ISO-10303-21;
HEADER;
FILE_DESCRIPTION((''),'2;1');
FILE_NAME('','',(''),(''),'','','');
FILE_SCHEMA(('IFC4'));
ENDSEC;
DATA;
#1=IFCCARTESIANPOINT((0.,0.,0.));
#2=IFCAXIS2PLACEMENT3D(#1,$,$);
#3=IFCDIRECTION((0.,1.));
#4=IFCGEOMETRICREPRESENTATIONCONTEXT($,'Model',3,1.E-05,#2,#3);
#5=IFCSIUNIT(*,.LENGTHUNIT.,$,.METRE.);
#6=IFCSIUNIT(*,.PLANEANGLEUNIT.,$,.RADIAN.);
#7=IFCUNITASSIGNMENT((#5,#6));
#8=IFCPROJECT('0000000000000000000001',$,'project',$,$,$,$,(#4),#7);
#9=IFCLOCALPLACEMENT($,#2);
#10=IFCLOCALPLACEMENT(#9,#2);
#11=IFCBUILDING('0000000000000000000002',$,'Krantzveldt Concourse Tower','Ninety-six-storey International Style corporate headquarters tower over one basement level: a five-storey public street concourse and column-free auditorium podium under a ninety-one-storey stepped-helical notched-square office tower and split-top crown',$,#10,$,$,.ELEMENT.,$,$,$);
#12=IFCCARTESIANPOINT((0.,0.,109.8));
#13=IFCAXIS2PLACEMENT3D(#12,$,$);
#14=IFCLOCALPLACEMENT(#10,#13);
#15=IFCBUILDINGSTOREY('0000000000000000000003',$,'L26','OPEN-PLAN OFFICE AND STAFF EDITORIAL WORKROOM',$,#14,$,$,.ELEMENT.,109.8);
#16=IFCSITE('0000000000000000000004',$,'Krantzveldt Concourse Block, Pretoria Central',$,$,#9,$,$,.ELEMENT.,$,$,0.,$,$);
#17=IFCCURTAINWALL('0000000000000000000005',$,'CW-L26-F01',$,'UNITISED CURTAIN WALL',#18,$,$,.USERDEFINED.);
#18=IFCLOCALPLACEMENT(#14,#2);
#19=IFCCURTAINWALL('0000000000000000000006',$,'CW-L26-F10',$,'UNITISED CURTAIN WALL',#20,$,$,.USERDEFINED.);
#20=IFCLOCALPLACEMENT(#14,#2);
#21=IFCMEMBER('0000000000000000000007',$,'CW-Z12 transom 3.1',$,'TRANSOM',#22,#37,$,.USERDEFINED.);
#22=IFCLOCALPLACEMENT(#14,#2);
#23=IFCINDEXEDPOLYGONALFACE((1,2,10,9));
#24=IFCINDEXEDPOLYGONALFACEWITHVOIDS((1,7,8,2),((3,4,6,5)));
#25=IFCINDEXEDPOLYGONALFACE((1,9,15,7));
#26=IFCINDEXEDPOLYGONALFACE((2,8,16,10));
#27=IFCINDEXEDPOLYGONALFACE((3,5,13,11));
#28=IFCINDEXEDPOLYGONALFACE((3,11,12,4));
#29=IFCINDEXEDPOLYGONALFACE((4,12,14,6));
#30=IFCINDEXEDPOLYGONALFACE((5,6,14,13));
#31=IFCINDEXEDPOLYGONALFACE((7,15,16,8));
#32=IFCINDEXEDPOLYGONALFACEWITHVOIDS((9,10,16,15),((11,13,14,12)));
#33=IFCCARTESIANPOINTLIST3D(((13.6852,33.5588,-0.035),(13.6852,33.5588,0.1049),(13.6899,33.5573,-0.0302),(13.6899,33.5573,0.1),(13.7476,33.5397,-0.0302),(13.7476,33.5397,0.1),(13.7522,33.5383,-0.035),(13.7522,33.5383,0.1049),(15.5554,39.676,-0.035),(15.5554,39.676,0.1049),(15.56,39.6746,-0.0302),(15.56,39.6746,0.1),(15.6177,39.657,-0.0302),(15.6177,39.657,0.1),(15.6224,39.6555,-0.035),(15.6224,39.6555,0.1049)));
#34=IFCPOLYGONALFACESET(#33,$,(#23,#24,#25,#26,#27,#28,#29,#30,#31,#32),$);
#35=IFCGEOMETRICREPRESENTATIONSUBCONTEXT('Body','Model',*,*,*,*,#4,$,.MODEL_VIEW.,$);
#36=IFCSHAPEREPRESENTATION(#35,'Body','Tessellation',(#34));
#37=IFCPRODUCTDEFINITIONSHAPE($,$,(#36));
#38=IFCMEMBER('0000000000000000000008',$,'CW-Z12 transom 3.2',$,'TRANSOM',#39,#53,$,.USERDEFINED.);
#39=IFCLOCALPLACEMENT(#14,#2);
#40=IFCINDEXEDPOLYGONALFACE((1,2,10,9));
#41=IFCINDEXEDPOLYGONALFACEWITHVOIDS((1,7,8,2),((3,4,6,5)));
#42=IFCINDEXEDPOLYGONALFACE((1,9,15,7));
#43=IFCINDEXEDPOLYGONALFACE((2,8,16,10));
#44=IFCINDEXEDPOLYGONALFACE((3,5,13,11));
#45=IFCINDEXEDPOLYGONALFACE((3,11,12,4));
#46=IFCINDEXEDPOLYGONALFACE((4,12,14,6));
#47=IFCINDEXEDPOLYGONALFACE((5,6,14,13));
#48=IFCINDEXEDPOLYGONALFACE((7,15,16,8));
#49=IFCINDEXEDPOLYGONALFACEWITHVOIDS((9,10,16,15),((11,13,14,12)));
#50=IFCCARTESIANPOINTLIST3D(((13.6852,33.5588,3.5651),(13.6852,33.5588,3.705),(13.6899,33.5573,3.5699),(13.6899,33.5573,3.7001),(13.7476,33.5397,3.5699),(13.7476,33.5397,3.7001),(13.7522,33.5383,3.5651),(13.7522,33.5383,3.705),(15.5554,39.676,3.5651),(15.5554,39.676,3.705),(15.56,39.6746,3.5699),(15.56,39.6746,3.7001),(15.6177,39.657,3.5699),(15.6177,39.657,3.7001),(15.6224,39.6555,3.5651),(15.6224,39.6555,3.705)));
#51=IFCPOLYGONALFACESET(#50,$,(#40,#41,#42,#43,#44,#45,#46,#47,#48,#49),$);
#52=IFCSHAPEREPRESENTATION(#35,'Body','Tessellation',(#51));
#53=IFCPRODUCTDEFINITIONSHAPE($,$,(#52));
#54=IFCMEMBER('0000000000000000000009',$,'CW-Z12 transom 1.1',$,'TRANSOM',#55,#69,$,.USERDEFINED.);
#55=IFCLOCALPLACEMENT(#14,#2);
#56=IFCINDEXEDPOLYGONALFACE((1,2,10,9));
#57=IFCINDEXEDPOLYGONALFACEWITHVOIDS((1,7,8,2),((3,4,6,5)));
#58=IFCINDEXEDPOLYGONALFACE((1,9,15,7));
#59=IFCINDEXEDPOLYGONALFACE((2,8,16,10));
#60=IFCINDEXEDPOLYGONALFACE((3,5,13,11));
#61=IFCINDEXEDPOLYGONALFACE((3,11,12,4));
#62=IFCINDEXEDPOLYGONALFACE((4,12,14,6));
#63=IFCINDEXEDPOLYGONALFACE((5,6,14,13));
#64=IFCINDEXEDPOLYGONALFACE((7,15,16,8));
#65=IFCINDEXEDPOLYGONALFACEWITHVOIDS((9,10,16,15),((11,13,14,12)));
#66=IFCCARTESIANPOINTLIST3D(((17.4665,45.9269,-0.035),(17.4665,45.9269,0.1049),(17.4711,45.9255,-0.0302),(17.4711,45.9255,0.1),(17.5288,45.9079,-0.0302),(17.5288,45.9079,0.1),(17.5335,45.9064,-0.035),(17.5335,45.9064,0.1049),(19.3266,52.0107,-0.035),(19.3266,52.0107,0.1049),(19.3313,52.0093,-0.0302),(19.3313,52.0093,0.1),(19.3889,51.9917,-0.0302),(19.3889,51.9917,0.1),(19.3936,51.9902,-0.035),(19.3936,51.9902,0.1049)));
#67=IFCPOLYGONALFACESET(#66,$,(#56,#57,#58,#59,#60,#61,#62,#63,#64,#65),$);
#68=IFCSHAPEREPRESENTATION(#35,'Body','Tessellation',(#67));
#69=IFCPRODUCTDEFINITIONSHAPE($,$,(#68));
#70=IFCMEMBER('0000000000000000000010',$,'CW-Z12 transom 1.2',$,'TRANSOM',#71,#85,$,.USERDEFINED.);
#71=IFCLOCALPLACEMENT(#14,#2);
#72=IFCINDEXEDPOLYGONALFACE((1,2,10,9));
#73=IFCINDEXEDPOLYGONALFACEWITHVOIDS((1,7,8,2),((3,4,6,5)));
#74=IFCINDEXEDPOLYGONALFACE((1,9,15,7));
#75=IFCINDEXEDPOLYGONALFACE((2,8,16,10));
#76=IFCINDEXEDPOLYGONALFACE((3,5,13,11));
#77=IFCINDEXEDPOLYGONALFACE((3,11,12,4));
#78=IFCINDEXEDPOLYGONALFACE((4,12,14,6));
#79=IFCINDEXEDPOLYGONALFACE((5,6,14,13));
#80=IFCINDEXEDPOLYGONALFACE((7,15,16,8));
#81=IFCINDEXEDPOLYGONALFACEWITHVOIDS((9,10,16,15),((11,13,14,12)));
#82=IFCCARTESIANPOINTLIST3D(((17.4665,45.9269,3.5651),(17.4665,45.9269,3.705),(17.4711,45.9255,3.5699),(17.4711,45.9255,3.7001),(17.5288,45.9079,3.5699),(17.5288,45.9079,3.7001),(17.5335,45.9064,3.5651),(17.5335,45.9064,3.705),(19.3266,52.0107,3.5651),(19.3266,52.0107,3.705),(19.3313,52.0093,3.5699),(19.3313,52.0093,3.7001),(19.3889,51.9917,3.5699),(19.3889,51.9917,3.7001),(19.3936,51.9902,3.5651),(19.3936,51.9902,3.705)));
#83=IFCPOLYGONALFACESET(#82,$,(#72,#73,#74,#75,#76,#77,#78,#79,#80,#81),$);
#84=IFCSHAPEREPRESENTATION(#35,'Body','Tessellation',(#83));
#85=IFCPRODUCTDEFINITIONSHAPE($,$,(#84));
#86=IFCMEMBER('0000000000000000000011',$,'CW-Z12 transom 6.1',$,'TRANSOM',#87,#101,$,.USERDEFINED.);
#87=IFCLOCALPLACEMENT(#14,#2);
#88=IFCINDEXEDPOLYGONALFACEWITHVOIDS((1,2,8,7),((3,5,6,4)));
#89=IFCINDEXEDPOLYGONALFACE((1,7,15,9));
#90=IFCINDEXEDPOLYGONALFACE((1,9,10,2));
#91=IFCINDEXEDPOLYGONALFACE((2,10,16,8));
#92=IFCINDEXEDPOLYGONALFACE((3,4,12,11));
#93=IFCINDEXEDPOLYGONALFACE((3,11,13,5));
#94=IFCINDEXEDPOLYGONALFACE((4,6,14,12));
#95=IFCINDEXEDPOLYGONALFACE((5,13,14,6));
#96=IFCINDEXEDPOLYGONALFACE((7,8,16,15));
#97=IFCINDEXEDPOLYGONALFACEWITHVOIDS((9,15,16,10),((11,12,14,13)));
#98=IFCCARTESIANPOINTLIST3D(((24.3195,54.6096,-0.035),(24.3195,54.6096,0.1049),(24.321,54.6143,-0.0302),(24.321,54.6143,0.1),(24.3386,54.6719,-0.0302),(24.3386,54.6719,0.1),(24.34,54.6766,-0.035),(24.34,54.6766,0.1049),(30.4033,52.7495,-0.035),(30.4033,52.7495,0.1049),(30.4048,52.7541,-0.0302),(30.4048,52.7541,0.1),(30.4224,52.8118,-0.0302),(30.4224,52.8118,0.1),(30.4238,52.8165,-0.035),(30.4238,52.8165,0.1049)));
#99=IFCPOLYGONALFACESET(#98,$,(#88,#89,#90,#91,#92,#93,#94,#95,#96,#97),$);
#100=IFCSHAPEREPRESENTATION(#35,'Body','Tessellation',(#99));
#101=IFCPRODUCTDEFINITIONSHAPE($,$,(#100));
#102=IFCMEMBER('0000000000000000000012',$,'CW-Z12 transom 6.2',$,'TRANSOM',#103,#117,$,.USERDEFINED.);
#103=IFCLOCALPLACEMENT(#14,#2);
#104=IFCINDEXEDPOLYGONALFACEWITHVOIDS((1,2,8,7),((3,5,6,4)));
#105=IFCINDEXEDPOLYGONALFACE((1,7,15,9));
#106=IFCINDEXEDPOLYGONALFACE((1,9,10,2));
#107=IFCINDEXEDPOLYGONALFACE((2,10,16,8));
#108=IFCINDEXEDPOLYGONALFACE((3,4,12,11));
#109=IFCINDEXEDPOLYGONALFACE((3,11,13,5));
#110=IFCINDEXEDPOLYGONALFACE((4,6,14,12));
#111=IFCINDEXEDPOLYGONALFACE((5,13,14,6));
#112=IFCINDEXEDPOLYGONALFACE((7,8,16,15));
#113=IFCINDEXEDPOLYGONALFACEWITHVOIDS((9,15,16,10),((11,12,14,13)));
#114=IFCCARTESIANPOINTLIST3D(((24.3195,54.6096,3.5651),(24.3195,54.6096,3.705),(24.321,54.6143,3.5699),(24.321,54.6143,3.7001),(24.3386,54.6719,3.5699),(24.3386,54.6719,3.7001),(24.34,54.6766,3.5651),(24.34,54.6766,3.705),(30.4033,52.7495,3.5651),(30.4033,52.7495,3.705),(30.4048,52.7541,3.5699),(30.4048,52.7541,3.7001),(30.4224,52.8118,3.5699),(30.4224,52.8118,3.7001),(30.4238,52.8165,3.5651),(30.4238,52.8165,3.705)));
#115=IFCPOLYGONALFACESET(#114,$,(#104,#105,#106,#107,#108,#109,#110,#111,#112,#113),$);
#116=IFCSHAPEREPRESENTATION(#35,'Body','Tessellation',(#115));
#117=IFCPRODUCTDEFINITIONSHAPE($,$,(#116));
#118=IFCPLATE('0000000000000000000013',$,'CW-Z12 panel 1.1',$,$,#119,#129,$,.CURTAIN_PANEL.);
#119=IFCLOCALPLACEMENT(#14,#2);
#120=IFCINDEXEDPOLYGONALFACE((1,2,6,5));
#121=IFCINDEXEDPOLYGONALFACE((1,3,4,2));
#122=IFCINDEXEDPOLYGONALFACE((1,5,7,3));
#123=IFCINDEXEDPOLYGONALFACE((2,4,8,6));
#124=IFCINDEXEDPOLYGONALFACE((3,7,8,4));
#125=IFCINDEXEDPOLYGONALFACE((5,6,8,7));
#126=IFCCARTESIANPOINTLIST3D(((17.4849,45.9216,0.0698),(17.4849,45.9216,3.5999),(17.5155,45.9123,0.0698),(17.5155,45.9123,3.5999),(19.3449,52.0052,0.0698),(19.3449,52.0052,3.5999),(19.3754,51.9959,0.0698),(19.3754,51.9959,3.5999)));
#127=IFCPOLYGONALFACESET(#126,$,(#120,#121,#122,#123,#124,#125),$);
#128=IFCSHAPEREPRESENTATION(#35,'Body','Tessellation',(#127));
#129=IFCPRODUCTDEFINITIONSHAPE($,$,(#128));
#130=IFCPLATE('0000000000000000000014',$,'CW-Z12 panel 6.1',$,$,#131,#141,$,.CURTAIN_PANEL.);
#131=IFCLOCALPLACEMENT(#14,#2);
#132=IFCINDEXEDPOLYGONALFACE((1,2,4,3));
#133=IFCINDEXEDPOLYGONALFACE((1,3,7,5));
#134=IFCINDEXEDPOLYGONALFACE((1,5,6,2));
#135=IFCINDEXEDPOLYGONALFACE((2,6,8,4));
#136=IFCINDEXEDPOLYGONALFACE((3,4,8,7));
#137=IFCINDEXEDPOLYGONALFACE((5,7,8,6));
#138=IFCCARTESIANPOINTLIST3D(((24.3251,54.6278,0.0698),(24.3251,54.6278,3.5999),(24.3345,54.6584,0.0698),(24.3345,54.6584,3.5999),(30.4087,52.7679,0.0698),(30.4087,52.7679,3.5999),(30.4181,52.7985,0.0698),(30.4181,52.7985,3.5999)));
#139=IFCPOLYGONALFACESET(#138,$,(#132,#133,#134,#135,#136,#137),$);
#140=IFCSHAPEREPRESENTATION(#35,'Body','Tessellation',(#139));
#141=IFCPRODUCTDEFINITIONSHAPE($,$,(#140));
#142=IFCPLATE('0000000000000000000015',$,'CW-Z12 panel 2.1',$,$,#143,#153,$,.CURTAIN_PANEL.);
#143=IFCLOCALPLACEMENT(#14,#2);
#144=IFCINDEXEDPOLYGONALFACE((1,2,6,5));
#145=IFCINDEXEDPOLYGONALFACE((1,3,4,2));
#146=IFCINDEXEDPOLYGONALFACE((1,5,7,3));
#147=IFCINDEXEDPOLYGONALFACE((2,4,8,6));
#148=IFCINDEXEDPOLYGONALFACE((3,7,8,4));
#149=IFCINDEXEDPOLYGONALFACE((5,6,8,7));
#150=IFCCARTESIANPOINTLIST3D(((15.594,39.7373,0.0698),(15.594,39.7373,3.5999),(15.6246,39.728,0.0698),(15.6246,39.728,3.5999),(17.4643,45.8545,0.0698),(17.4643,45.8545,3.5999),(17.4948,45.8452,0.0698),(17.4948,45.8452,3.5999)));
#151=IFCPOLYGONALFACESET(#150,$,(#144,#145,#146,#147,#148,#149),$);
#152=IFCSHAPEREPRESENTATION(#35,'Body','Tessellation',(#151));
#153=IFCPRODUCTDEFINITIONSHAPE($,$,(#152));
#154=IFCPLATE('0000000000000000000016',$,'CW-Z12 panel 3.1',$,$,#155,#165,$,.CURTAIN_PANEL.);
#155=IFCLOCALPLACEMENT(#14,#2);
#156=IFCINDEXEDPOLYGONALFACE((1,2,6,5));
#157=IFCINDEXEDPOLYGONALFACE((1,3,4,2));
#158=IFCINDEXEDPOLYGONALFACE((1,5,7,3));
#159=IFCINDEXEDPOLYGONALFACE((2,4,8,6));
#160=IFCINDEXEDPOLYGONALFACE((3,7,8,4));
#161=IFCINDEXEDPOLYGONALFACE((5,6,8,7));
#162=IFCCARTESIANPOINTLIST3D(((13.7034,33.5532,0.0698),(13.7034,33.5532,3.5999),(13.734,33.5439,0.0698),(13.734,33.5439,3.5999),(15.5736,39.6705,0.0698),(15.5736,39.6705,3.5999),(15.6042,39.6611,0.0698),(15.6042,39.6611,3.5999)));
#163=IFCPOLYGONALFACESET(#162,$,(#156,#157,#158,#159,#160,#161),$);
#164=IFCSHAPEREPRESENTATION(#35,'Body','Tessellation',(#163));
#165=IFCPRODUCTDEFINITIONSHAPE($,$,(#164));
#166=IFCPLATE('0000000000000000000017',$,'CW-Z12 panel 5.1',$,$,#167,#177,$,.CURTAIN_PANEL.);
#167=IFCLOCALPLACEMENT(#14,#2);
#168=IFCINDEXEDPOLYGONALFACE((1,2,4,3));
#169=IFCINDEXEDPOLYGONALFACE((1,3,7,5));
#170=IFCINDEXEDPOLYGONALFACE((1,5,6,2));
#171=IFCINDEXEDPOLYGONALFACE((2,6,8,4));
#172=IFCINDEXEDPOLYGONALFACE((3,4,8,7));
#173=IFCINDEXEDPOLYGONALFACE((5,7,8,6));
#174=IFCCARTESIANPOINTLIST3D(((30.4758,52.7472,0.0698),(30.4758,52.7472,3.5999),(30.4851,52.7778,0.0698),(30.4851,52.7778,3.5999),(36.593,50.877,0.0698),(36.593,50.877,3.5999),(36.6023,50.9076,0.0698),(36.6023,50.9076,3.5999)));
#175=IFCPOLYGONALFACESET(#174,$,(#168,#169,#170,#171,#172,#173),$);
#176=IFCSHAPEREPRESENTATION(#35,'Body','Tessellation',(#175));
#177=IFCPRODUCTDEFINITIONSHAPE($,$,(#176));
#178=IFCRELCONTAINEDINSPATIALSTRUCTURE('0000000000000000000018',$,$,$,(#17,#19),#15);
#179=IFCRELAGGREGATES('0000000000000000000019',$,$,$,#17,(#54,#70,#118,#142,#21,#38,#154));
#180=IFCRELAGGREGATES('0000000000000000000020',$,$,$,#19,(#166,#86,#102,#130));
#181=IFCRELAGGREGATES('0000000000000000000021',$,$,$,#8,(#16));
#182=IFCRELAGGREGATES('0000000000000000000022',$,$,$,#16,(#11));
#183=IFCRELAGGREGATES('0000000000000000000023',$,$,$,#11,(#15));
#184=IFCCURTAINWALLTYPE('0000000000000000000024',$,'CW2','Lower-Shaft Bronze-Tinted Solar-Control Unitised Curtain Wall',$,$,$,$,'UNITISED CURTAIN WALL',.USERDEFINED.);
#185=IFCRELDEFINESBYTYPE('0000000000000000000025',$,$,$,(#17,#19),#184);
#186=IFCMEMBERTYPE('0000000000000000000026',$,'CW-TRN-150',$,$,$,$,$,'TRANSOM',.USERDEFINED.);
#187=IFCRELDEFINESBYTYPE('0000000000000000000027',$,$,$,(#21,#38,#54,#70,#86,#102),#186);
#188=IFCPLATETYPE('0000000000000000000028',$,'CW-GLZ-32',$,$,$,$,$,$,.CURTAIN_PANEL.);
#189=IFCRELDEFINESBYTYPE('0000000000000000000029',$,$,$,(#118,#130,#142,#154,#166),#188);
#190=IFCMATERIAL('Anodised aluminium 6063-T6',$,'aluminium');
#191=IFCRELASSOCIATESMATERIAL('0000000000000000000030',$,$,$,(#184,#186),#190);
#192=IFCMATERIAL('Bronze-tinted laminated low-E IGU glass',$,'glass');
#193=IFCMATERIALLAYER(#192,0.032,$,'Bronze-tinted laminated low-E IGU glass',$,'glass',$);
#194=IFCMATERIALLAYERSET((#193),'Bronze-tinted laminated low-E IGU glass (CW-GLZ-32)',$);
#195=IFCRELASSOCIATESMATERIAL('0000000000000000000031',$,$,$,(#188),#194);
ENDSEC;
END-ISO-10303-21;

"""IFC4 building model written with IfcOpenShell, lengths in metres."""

from ifc_helpers import new_model, si_unit, direction, frame, origin, origin_2d, place, context, subcontext, project, spatial, rectangle, hollow_rectangle, extrude, source, transform, mapped, material, layer, layer_set, material_profile, profile_set, type_object, type_shapes, element, aggregate, save


model = new_model("IFC4")

# Units and contexts
model_context = context("Model", 3, precision=1e-05, world=origin(), true_north=direction((0.0, 1.0)))
body_context = subcontext(model_context, "Body", "Model", "MODEL_VIEW")
ifc_project = project(units=[si_unit("LENGTHUNIT", "METRE"), si_unit("PLANEANGLEUNIT", "RADIAN")], contexts=[model_context])

# Site, building, storey
site_placement = place(None, origin())
site = spatial("IfcSite", under=ifc_project, at=site_placement, Name="Krantzveldt Concourse Block, Pretoria Central", CompositionType="ELEMENT", RefElevation=0.0)
building_placement = place(site_placement, origin())
building = spatial("IfcBuilding", under=site, at=building_placement, Name="Krantzveldt Concourse Tower", Description="Ninety-six-storey International Style corporate headquarters tower over one basement level: a five-storey public street concourse and column-free auditorium podium under a ninety-one-storey stepped-helical notched-square office tower and split-top crown", CompositionType="ELEMENT")
storey_placement = place(building_placement, frame((0.0, 0.0, 109.8)))
storey = spatial("IfcBuildingStorey", under=building, at=storey_placement, Name="L26", Description="OPEN-PLAN OFFICE AND STAFF EDITORIAL WORKROOM", CompositionType="ELEMENT", Elevation=109.8)

# Curtain walls
ifc_material_1 = material(Name="Anodised aluminium 6063-T6", Category="aluminium")
curtain_wall_type = type_object("IfcCurtainWallType", Name="CW2", Description="Lower-Shaft Bronze-Tinted Solar-Control Unitised Curtain Wall", ElementType="UNITISED CURTAIN WALL", PredefinedType="USERDEFINED", material=ifc_material_1)
curtain_wall_1_placement = place(storey_placement, origin())
curtain_wall_1 = element("IfcCurtainWall", 1, at=curtain_wall_1_placement, inside=storey, type_object=curtain_wall_type, Name="CW-L26-F01", ObjectType="UNITISED CURTAIN WALL", PredefinedType="USERDEFINED")
curtain_wall_2_placement = place(storey_placement, origin())
curtain_wall_2 = element("IfcCurtainWall", 2, at=curtain_wall_2_placement, inside=storey, type_object=curtain_wall_type, Name="CW-L26-F10", ObjectType="UNITISED CURTAIN WALL", PredefinedType="USERDEFINED")

# Members
ifc_material_profile_1 = material_profile(ifc_material_1, hollow_rectangle(XDim=0.0701, YDim=0.1399, WallThickness=0.0049, at=origin_2d()), Name="Anodised aluminium 6063-T6", Category="aluminium")
ifc_profile_set_1 = profile_set([ifc_material_profile_1], Name="Anodised aluminium 6063-T6 - ALU-TRAN 140x70x5")
member_type_1 = type_object("IfcMemberType", Name="CW-TRN-150", ElementType="TRANSOM", PredefinedType="USERDEFINED", material=ifc_profile_set_1)
shared_shape_1 = source(origin(), body_context, "Body", "SweptSolid", [
    extrude(hollow_rectangle(XDim=0.0701, YDim=0.1399, WallThickness=0.0049, at=origin_2d()), origin(), (0.0, 0.0, 1.0), 6.3967),
])
member_1_placement = place(storey_placement, frame((15.5889, 39.6658, 0.0349), z_axis=(-0.292358, -0.956309, 0.0), x_axis=(0.956309, -0.292358, 0.0)))
member_1 = element("IfcMember", 3, at=member_1_placement, type_object=member_type_1, Name="CW-Z12 transom 3.1", ObjectType="TRANSOM", PredefinedType="USERDEFINED", context=body_context, shape_type="MappedRepresentation", body=[
    mapped(shared_shape_1, transform((0.0, 0.0, 0.0), x_axis=(1.0, 0.0, 0.0), y_axis=(0.0, 1.0, 0.0), z_axis=(0.0, 0.0, 1.0), scale=1.0)),
])
member_2_placement = place(storey_placement, frame((15.5889, 39.6658, 3.635), z_axis=(-0.292358, -0.956309, 0.0), x_axis=(0.956309, -0.292358, 0.0)))
member_2 = element("IfcMember", 4, at=member_2_placement, type_object=member_type_1, Name="CW-Z12 transom 3.2", ObjectType="TRANSOM", PredefinedType="USERDEFINED", context=body_context, shape_type="MappedRepresentation", body=[
    mapped(shared_shape_1, transform((0.0, 0.0, 0.0), x_axis=(1.0, 0.0, 0.0), y_axis=(0.0, 1.0, 0.0), z_axis=(0.0, 0.0, 1.0), scale=1.0)),
])
shared_shape_2 = source(origin(), body_context, "Body", "SweptSolid", [
    extrude(hollow_rectangle(XDim=0.0701, YDim=0.1399, WallThickness=0.0049, at=origin_2d()), origin(), (0.0, 0.0, 1.0), 6.3618),
])
type_shapes(member_type_1, [shared_shape_1, shared_shape_2])
member_3_placement = place(storey_placement, frame((19.3601, 52.0005, 0.0349), z_axis=(-0.292389, -0.956299, 0.0), x_axis=(0.956299, -0.292389, 0.0)))
member_3 = element("IfcMember", 5, at=member_3_placement, type_object=member_type_1, Name="CW-Z12 transom 1.1", ObjectType="TRANSOM", PredefinedType="USERDEFINED", context=body_context, shape_type="MappedRepresentation", body=[
    mapped(shared_shape_2, transform((0.0, 0.0, 0.0), x_axis=(1.0, 0.0, 0.0), y_axis=(0.0, 1.0, 0.0), z_axis=(0.0, 0.0, 1.0), scale=1.0)),
])
member_4_placement = place(storey_placement, frame((19.3601, 52.0005, 3.635), z_axis=(-0.292389, -0.956299, 0.0), x_axis=(0.956299, -0.292389, 0.0)))
member_4 = element("IfcMember", 6, at=member_4_placement, type_object=member_type_1, Name="CW-Z12 transom 1.2", ObjectType="TRANSOM", PredefinedType="USERDEFINED", context=body_context, shape_type="MappedRepresentation", body=[
    mapped(shared_shape_2, transform((0.0, 0.0, 0.0), x_axis=(1.0, 0.0, 0.0), y_axis=(0.0, 1.0, 0.0), z_axis=(0.0, 0.0, 1.0), scale=1.0)),
])
member_5_placement = place(storey_placement, frame((30.4136, 52.783, 0.0349), z_axis=(-0.956299, 0.292389, 0.0), x_axis=(-0.292389, -0.956299, 0.0)))
member_5 = element("IfcMember", 7, at=member_5_placement, type_object=member_type_1, Name="CW-Z12 transom 6.1", ObjectType="TRANSOM", PredefinedType="USERDEFINED", context=body_context, shape_type="MappedRepresentation", body=[
    mapped(shared_shape_2, transform((0.0, 0.0, 0.0), x_axis=(1.0, 0.0, 0.0), y_axis=(0.0, 1.0, 0.0), z_axis=(0.0, 0.0, 1.0), scale=1.0)),
])
member_6_placement = place(storey_placement, frame((30.4136, 52.783, 3.635), z_axis=(-0.956299, 0.292389, 0.0), x_axis=(-0.292389, -0.956299, 0.0)))
member_6 = element("IfcMember", 8, at=member_6_placement, type_object=member_type_1, Name="CW-Z12 transom 6.2", ObjectType="TRANSOM", PredefinedType="USERDEFINED", context=body_context, shape_type="MappedRepresentation", body=[
    mapped(shared_shape_2, transform((0.0, 0.0, 0.0), x_axis=(1.0, 0.0, 0.0), y_axis=(0.0, 1.0, 0.0), z_axis=(0.0, 0.0, 1.0), scale=1.0)),
])

# Plates
ifc_material_2 = material(Name="Bronze-tinted laminated low-E IGU glass", Category="glass")
ifc_layer_1 = layer(ifc_material_2, 0.032, Name="Bronze-tinted laminated low-E IGU glass", Category="glass")
ifc_layer_set_1 = layer_set([ifc_layer_1], Name="Bronze-tinted laminated low-E IGU glass (CW-GLZ-32)")
plate_type = type_object("IfcPlateType", Name="CW-GLZ-32", PredefinedType="CURTAIN_PANEL", material=ifc_layer_set_1)
shared_shape_3 = source(origin(), body_context, "Body", "SweptSolid", [
    extrude(rectangle(XDim=6.3616, YDim=0.032, at=origin_2d()), origin(), (0.0, 0.0, 1.0), 3.53),
])
plate_1_placement = place(storey_placement, frame((18.4302, 48.9587, 0.0698), z_axis=(0.0, 0.0, 1.0), x_axis=(-0.292372, -0.956305, 0.0)))
plate_1 = element("IfcPlate", 9, at=plate_1_placement, type_object=plate_type, Name="CW-Z12 panel 1.1", PredefinedType="CURTAIN_PANEL", context=body_context, shape_type="MappedRepresentation", body=[
    mapped(shared_shape_3, transform((0.0, 0.0, 0.0), x_axis=(1.0, 0.0, 0.0), y_axis=(0.0, 1.0, 0.0), z_axis=(0.0, 0.0, 1.0), scale=1.0)),
])
plate_2_placement = place(storey_placement, frame((27.3716, 53.7131, 0.0698), z_axis=(0.0, 0.0, 1.0), x_axis=(-0.956305, 0.292372, 0.0)))
plate_2 = element("IfcPlate", 10, at=plate_2_placement, type_object=plate_type, Name="CW-Z12 panel 6.1", PredefinedType="CURTAIN_PANEL", context=body_context, shape_type="MappedRepresentation", body=[
    mapped(shared_shape_3, transform((0.0, 0.0, 0.0), x_axis=(1.0, 0.0, 0.0), y_axis=(0.0, 1.0, 0.0), z_axis=(0.0, 0.0, 1.0), scale=1.0)),
])
shared_shape_4 = source(origin(), body_context, "Body", "SweptSolid", [
    extrude(rectangle(XDim=6.3967, YDim=0.032, at=origin_2d()), origin(), (0.0, 0.0, 1.0), 3.53),
])
type_shapes(plate_type, [shared_shape_3, shared_shape_4])
plate_3_placement = place(storey_placement, frame((16.5444, 42.7913, 0.0698), z_axis=(0.0, 0.0, 1.0), x_axis=(-0.292372, -0.956305, 0.0)))
plate_3 = element("IfcPlate", 11, at=plate_3_placement, type_object=plate_type, Name="CW-Z12 panel 2.1", PredefinedType="CURTAIN_PANEL", context=body_context, shape_type="MappedRepresentation", body=[
    mapped(shared_shape_4, transform((0.0, 0.0, 0.0), x_axis=(1.0, 0.0, 0.0), y_axis=(0.0, 1.0, 0.0), z_axis=(0.0, 0.0, 1.0), scale=1.0)),
])
plate_4_placement = place(storey_placement, frame((14.6538, 36.6072, 0.0698), z_axis=(0.0, 0.0, 1.0), x_axis=(-0.292372, -0.956305, 0.0)))
plate_4 = element("IfcPlate", 12, at=plate_4_placement, type_object=plate_type, Name="CW-Z12 panel 3.1", PredefinedType="CURTAIN_PANEL", context=body_context, shape_type="MappedRepresentation", body=[
    mapped(shared_shape_4, transform((0.0, 0.0, 0.0), x_axis=(1.0, 0.0, 0.0), y_axis=(0.0, 1.0, 0.0), z_axis=(0.0, 0.0, 1.0), scale=1.0)),
])
aggregate(curtain_wall_1, [member_3, member_4, plate_1, plate_3, member_1, member_2, plate_4])
plate_5_placement = place(storey_placement, frame((33.5391, 51.8274, 0.0698), z_axis=(0.0, 0.0, 1.0), x_axis=(-0.956305, 0.292372, 0.0)))
plate_5 = element("IfcPlate", 13, at=plate_5_placement, type_object=plate_type, Name="CW-Z12 panel 5.1", PredefinedType="CURTAIN_PANEL", context=body_context, shape_type="MappedRepresentation", body=[
    mapped(shared_shape_4, transform((0.0, 0.0, 0.0), x_axis=(1.0, 0.0, 0.0), y_axis=(0.0, 1.0, 0.0), z_axis=(0.0, 0.0, 1.0), scale=1.0)),
])
aggregate(curtain_wall_2, [plate_5, member_5, member_6, plate_2])

save(model, "model.ifc")
